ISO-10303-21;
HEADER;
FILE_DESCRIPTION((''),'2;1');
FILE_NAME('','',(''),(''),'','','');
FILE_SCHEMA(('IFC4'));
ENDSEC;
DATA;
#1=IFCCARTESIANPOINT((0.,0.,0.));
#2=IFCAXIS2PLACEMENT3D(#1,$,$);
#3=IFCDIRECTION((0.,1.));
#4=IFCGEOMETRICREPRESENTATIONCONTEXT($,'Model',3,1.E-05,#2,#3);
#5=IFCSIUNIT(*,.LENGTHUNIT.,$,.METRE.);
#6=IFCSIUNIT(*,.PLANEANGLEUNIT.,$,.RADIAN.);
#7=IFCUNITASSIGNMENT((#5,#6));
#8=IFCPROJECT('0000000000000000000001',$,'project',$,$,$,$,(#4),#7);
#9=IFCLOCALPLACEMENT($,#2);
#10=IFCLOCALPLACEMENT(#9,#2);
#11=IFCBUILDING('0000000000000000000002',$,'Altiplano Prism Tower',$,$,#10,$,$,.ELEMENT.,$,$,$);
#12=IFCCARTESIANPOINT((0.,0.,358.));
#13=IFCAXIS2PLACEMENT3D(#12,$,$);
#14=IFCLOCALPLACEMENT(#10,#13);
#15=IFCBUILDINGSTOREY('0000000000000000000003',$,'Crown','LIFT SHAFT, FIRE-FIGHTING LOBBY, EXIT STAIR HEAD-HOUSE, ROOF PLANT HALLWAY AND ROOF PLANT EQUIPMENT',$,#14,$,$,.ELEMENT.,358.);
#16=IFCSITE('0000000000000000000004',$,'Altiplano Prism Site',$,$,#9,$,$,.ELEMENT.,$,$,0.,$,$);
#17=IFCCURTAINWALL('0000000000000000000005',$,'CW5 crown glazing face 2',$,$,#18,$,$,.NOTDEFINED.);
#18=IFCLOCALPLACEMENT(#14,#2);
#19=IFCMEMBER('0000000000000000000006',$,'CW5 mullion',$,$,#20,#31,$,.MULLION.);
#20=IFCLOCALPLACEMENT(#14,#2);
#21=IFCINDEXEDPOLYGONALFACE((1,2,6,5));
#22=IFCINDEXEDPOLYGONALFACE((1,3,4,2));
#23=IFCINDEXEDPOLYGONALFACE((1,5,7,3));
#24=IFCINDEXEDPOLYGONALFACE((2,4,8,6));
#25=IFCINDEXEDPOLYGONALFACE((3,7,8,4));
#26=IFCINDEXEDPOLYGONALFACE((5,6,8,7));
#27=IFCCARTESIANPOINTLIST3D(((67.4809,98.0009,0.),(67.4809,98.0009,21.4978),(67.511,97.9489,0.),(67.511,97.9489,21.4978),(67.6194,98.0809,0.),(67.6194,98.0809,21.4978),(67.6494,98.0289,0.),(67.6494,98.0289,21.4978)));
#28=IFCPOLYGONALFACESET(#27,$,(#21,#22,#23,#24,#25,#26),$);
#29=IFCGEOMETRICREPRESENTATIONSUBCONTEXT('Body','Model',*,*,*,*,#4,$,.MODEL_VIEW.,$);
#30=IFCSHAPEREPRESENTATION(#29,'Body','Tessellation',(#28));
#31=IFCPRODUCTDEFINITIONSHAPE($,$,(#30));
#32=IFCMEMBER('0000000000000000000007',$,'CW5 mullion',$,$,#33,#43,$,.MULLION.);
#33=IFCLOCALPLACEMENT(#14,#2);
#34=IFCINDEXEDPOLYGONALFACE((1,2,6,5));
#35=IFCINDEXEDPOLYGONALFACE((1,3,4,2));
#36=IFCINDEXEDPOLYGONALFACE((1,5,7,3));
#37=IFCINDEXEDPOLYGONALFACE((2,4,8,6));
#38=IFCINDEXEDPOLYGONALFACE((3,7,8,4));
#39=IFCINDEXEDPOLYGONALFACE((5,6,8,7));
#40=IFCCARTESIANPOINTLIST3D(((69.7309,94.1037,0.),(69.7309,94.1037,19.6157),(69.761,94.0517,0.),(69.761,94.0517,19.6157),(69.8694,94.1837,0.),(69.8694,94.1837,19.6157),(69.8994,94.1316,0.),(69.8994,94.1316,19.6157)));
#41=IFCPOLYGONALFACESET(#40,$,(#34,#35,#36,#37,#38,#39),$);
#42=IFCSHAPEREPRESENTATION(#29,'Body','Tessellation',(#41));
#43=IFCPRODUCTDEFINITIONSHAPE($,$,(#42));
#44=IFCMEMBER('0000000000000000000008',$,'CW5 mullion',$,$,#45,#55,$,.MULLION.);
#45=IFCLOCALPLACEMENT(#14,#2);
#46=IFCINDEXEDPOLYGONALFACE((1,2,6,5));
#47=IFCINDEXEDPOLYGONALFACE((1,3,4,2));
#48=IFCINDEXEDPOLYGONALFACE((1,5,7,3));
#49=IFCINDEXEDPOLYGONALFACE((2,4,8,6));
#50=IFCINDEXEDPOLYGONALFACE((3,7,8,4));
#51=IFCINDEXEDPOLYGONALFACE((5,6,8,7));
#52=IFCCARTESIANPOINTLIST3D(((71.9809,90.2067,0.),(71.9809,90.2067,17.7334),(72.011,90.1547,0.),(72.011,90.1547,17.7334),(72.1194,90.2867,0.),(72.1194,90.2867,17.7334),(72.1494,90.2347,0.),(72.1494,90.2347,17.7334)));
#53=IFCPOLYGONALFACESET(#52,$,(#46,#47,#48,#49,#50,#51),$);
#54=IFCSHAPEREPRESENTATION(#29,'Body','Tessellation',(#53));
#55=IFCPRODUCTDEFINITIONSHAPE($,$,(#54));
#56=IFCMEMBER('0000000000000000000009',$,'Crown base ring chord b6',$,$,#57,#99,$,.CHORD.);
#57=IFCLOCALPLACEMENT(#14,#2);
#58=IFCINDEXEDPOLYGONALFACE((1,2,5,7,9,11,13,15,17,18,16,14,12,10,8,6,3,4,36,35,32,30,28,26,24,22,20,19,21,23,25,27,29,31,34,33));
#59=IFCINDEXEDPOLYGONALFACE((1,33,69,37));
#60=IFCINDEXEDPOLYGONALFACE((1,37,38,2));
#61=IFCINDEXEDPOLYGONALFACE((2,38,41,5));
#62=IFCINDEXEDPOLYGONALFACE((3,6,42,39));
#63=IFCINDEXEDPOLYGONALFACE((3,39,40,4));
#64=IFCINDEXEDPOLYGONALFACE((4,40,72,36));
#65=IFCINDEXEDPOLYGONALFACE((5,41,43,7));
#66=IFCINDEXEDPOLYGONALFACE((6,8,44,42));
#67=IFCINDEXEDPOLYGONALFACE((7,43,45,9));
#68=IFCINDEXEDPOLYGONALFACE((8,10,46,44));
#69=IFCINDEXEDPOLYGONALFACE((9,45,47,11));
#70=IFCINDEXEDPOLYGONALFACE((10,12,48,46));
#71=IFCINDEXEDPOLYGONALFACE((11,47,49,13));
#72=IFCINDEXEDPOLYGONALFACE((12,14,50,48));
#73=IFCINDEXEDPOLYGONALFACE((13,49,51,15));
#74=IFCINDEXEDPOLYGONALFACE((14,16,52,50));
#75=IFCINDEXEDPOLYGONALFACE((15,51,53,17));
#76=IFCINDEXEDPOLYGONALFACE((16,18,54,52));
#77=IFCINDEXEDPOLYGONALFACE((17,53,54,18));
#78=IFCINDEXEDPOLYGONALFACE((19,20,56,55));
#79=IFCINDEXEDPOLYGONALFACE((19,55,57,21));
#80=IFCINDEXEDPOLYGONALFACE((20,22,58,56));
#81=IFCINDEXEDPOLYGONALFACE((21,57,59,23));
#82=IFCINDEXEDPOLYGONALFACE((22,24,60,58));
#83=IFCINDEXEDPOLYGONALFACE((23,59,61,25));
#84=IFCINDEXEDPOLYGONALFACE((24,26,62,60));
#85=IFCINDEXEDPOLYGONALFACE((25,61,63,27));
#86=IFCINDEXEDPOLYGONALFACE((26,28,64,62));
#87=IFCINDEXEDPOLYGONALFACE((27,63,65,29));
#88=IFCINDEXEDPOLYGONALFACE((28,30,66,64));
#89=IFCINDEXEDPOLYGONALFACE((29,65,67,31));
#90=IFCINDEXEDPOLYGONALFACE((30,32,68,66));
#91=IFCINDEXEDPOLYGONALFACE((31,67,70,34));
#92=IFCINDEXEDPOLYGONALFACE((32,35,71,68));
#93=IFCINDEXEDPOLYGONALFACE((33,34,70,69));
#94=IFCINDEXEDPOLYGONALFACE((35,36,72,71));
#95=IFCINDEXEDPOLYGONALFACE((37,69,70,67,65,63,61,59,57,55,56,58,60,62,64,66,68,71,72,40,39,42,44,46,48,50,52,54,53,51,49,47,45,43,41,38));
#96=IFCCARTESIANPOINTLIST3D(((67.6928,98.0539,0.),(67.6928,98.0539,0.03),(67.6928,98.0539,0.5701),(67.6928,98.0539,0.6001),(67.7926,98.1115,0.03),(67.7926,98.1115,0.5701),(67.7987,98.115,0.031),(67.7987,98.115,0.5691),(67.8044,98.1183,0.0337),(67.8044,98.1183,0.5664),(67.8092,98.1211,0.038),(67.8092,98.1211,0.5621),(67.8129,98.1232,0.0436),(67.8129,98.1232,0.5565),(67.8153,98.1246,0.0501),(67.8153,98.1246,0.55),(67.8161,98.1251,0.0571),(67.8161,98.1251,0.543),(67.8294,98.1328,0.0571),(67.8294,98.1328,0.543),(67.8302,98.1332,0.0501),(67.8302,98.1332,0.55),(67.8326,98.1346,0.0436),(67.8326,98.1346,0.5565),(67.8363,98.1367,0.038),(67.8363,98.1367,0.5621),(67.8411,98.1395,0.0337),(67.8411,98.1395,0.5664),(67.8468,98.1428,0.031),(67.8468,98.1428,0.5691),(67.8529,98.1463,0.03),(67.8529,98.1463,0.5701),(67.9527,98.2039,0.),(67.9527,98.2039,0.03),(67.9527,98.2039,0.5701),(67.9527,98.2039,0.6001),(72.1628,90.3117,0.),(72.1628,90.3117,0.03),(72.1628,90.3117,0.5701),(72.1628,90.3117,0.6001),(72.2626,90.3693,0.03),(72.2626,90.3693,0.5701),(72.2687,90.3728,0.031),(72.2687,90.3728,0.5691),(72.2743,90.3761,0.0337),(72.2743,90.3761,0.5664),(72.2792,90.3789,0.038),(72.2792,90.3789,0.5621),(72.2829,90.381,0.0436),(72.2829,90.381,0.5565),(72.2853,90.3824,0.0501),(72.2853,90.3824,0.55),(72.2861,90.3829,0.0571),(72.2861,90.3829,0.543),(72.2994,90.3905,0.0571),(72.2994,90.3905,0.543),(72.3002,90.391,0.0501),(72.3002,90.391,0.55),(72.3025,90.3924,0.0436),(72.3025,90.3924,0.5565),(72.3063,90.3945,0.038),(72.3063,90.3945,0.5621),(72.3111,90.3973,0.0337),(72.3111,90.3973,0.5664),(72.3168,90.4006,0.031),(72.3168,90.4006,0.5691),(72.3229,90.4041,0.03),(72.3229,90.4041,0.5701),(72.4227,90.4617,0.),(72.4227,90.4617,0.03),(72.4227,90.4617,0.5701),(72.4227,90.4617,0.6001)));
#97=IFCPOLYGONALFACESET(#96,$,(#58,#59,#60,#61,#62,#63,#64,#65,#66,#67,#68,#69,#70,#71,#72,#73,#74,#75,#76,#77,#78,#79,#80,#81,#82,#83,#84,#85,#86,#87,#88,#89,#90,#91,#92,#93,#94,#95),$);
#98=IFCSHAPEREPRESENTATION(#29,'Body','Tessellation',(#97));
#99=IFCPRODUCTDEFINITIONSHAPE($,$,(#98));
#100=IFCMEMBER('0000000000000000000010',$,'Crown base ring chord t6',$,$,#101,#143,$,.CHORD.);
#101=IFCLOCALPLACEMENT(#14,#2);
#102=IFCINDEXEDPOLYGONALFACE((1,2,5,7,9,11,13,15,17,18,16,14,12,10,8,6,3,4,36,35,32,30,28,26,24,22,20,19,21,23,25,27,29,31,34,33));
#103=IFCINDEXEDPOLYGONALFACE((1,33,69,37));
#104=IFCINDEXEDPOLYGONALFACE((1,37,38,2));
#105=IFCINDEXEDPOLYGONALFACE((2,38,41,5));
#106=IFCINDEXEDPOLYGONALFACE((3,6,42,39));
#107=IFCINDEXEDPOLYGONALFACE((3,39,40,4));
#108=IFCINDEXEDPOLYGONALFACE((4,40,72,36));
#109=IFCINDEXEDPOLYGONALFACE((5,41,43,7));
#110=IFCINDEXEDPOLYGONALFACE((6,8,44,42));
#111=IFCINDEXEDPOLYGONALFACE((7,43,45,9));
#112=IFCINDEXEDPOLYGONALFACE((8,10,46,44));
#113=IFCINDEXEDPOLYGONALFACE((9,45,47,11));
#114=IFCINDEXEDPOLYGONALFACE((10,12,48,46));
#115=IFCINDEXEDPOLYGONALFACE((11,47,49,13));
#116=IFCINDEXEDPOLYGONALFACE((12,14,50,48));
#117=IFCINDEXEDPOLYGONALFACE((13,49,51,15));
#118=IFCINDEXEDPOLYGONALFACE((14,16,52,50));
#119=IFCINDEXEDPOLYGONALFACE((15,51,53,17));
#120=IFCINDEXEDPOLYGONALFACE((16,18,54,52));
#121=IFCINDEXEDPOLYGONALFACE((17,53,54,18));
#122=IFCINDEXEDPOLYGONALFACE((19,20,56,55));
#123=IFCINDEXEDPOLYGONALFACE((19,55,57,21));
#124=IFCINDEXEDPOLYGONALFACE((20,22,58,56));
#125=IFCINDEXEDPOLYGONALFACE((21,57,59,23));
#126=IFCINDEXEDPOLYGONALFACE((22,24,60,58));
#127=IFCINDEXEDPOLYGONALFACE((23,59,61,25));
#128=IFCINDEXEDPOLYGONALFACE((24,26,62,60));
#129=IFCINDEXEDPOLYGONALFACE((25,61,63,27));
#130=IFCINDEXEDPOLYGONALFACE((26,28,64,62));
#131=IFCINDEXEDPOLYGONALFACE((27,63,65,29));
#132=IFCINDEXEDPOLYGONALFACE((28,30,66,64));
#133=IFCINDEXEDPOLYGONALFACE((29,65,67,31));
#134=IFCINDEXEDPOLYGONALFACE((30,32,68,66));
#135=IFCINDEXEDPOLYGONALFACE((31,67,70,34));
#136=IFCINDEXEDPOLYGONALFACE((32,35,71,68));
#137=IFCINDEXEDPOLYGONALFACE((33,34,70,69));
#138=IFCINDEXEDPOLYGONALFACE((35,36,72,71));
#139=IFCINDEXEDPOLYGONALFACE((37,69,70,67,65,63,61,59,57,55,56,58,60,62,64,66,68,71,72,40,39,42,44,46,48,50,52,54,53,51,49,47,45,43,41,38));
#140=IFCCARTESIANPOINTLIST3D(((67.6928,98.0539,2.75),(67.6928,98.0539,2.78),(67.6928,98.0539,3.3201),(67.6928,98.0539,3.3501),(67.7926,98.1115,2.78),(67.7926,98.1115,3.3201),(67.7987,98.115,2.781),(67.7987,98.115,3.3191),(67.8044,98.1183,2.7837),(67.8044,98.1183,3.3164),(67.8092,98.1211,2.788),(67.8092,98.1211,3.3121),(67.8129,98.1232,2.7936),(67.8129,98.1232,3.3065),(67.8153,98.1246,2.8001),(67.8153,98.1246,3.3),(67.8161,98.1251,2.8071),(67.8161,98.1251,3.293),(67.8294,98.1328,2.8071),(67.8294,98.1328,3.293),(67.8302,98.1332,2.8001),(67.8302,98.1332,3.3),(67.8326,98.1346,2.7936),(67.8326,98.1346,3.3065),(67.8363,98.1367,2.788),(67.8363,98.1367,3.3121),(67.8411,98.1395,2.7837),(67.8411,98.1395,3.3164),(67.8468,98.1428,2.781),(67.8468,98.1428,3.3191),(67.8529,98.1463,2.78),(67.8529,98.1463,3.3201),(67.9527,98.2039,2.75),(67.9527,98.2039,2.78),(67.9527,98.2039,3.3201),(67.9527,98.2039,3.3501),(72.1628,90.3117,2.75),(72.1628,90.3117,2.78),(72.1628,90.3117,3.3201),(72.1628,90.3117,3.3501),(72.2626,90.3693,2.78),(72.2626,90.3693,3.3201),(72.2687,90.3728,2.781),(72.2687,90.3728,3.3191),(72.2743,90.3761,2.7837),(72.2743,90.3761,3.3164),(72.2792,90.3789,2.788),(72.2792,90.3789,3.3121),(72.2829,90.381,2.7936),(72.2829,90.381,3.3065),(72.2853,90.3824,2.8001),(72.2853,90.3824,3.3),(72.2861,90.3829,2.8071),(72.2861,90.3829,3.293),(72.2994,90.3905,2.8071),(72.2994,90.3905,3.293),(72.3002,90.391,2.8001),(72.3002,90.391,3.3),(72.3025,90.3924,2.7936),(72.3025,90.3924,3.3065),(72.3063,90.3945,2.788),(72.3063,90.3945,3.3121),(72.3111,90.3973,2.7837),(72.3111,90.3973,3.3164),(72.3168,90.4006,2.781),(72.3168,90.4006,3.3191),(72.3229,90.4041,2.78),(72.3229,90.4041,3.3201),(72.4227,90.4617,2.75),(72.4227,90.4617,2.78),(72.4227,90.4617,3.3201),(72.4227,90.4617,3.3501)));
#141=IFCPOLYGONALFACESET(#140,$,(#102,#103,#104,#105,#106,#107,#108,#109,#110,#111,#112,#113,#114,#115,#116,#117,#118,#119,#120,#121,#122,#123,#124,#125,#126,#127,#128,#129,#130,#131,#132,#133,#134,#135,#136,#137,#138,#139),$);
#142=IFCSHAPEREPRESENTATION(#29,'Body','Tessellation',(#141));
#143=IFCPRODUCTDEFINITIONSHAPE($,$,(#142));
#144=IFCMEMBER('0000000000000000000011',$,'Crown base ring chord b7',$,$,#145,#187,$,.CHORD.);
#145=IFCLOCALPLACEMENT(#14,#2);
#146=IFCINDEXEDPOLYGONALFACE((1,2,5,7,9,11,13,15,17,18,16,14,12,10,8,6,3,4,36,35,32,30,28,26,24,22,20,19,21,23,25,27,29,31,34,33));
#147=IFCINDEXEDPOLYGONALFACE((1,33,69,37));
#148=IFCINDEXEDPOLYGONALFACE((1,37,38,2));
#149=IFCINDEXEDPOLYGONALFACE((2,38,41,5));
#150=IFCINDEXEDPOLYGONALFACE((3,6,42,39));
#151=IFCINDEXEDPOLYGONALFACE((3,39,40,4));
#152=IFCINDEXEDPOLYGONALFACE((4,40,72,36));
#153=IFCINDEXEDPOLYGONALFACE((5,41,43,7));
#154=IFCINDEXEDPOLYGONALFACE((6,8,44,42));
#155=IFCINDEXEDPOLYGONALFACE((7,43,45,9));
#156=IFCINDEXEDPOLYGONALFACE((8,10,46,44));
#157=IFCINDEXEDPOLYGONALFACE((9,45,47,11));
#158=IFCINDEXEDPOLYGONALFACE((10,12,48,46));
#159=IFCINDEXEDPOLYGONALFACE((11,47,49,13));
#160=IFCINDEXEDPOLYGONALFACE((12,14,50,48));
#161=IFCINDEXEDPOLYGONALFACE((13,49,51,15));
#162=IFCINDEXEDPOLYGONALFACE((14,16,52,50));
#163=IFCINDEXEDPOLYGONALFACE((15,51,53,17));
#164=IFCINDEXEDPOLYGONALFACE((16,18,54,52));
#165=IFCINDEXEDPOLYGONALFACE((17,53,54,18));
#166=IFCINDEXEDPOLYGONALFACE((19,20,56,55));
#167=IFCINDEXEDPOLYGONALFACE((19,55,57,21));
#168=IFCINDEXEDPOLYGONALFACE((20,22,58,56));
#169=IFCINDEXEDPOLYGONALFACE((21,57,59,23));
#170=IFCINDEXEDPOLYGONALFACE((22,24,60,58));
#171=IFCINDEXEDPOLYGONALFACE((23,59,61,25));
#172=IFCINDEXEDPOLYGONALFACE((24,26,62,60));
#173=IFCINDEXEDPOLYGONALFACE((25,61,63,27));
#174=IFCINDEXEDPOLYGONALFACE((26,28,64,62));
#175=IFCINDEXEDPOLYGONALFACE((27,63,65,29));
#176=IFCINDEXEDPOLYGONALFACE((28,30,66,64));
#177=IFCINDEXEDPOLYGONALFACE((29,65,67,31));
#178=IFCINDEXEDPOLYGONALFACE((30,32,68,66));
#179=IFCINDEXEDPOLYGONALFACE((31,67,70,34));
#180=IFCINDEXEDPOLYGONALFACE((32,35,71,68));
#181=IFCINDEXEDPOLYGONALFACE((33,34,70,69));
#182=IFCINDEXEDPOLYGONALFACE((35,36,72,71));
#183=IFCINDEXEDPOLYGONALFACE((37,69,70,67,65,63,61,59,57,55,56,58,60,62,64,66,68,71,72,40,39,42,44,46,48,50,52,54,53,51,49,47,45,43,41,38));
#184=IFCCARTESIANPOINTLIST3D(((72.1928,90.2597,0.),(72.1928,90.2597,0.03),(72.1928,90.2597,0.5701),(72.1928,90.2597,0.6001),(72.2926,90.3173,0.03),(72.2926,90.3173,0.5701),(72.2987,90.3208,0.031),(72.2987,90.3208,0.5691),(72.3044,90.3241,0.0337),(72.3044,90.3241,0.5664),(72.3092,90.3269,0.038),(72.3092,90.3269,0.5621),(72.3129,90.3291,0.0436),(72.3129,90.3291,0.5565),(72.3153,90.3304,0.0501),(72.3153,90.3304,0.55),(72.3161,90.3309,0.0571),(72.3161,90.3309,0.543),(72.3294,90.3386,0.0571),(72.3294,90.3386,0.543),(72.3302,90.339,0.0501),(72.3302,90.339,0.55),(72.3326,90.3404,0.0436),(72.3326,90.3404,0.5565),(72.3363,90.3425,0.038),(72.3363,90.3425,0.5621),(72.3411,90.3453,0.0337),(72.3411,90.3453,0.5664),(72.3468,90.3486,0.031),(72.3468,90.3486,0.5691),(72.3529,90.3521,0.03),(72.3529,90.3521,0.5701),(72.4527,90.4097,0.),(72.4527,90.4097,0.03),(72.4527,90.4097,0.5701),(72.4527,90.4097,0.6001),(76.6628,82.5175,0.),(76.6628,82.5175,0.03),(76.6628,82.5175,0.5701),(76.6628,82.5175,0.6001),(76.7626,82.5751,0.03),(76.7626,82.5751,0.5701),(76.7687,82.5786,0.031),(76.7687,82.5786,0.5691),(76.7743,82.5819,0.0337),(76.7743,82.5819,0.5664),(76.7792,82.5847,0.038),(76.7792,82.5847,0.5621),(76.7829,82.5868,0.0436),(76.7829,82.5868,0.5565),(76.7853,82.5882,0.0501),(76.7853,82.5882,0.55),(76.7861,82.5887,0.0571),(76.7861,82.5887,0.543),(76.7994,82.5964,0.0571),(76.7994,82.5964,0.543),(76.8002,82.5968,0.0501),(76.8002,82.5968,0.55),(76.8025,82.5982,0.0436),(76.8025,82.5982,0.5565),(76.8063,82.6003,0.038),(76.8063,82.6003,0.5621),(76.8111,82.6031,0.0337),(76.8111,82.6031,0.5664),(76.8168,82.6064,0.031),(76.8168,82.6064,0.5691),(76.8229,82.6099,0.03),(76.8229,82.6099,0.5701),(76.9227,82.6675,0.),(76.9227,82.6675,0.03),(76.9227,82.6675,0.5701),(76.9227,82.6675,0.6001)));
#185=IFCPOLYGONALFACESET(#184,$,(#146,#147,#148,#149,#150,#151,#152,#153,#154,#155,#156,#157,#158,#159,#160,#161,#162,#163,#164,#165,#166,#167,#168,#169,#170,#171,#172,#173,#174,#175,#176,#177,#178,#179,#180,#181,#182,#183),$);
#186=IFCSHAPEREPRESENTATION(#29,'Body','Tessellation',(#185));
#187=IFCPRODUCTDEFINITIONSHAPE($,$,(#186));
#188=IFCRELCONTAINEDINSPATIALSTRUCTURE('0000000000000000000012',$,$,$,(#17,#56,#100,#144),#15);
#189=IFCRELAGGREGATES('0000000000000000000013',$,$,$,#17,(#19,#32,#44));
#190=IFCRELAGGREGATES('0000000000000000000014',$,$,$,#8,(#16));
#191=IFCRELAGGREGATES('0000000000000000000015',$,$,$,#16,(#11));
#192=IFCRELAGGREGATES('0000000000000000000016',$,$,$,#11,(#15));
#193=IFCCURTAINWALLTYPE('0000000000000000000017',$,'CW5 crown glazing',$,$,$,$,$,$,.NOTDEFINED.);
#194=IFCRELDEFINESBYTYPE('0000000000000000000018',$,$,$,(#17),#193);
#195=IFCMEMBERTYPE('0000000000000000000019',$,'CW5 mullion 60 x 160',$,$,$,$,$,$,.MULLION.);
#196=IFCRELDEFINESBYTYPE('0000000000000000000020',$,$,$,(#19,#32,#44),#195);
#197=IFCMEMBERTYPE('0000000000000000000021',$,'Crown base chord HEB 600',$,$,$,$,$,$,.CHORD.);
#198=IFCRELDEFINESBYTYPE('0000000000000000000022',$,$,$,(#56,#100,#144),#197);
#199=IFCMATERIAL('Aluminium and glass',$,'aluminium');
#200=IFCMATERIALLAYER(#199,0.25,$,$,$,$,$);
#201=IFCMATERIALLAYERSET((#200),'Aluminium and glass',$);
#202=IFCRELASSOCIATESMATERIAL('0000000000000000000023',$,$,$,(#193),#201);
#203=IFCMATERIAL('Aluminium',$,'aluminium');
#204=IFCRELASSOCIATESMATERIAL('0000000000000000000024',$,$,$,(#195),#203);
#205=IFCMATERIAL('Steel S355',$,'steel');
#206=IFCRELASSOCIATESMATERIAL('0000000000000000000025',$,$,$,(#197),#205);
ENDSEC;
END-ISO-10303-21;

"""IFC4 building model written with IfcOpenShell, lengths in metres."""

from ifc_helpers import new_model, si_unit, direction, frame, origin, origin_2d, place, context, subcontext, project, spatial, rectangle, i_section, extrude, material, layer, layer_set, material_profile, profile_set, type_object, element, aggregate, save


model = new_model("IFC4")

# Units and contexts
model_context = context("Model", 3, precision=1e-05, world=origin(), true_north=direction((0.0, 1.0)))
body_context = subcontext(model_context, "Body", "Model", "MODEL_VIEW")
ifc_project = project(units=[si_unit("LENGTHUNIT", "METRE"), si_unit("PLANEANGLEUNIT", "RADIAN")], contexts=[model_context])

# Site, building, storey
site_placement = place(None, origin())
site = spatial("IfcSite", under=ifc_project, at=site_placement, Name="Altiplano Prism Site", CompositionType="ELEMENT", RefElevation=0.0)
building_placement = place(site_placement, origin())
building = spatial("IfcBuilding", under=site, at=building_placement, Name="Altiplano Prism Tower", CompositionType="ELEMENT")
storey_placement = place(building_placement, frame((0.0, 0.0, 358.0)))
storey = spatial("IfcBuildingStorey", under=building, at=storey_placement, Name="Crown", Description="LIFT SHAFT, FIRE-FIGHTING LOBBY, EXIT STAIR HEAD-HOUSE, ROOF PLANT HALLWAY AND ROOF PLANT EQUIPMENT", CompositionType="ELEMENT", Elevation=358.0)

# Curtain wall, members
ifc_material_1 = material(Name="Aluminium and glass", Category="aluminium")
ifc_layer_1 = layer(ifc_material_1, 0.25)
ifc_layer_set_1 = layer_set([ifc_layer_1], Name="Aluminium and glass")
curtain_wall_type = type_object("IfcCurtainWallType", Name="CW5 crown glazing", PredefinedType="NOTDEFINED", material=ifc_layer_set_1)
curtain_wall_placement = place(storey_placement, origin())
curtain_wall = element("IfcCurtainWall", 1, at=curtain_wall_placement, inside=storey, type_object=curtain_wall_type, Name="CW5 crown glazing face 2", PredefinedType="NOTDEFINED")
ifc_material_2 = material(Name="Aluminium", Category="aluminium")
ifc_material_profile_1 = material_profile(ifc_material_2, rectangle(XDim=0.1599, YDim=0.0601, at=origin_2d()), Name="CW5 mullion 60 x 160")
ifc_profile_set_1 = profile_set([ifc_material_profile_1], Name="Aluminium")
member_type_1 = type_object("IfcMemberType", Name="CW5 mullion 60 x 160", PredefinedType="MULLION", material=ifc_profile_set_1)
member_1_placement = place(storey_placement, frame((67.5652, 98.0149, 0.0), z_axis=(0.0, 0.0, 1.0), x_axis=(0.866025, 0.5, 0.0)))
member_1 = element("IfcMember", 2, at=member_1_placement, type_object=member_type_1, Name="CW5 mullion", PredefinedType="MULLION", context=body_context, shape_type="SweptSolid", body=[
    extrude(rectangle(XDim=0.1599, YDim=0.0601, at=origin_2d()), origin(), (0.0, 0.0, 1.0), 21.4978),
])
member_2_placement = place(storey_placement, frame((69.8152, 94.1177, 0.0), z_axis=(0.0, 0.0, 1.0), x_axis=(0.866025, 0.5, 0.0)))
member_2 = element("IfcMember", 3, at=member_2_placement, type_object=member_type_1, Name="CW5 mullion", PredefinedType="MULLION", context=body_context, shape_type="SweptSolid", body=[
    extrude(rectangle(XDim=0.1599, YDim=0.0601, at=origin_2d()), origin(), (0.0, 0.0, 1.0), 19.6157),
])
member_3_placement = place(storey_placement, frame((72.0652, 90.2207, 0.0), z_axis=(0.0, 0.0, 1.0), x_axis=(0.866025, 0.5, 0.0)))
member_3 = element("IfcMember", 4, at=member_3_placement, type_object=member_type_1, Name="CW5 mullion", PredefinedType="MULLION", context=body_context, shape_type="SweptSolid", body=[
    extrude(rectangle(XDim=0.1599, YDim=0.0601, at=origin_2d()), origin(), (0.0, 0.0, 1.0), 17.7334),
])

# Members
ifc_material_3 = material(Name="Steel S355", Category="steel")
ifc_material_profile_2 = material_profile(ifc_material_3, i_section(OverallWidth=0.3, OverallDepth=0.6001, WebThickness=0.0154, FlangeThickness=0.03, FilletRadius=0.0271, at=origin_2d()), Name="Crown base chord HEB 600")
ifc_profile_set_2 = profile_set([ifc_material_profile_2], Name="Steel S355")
member_type_2 = type_object("IfcMemberType", Name="Crown base chord HEB 600", PredefinedType="CHORD", material=ifc_profile_set_2)
for number, where, z_axis, x_axis, name in (
    (5, (67.8228, 98.1289, 0.3), (0.500001, -0.866025, 0.0), (0.866025, 0.500001, 0.0), "Crown base ring chord b6"),
    (6, (67.8228, 98.1289, 3.05), (0.500001, -0.866025, 0.0), (0.866025, 0.500001, 0.0), "Crown base ring chord t6"),
    (7, (72.3228, 90.3347, 0.3), (0.500001, -0.866025, 0.0), (0.866025, 0.500001, 0.0), "Crown base ring chord b7"),
):
    element("IfcMember", number, at=place(storey_placement, frame(where, z_axis=z_axis, x_axis=x_axis)), inside=storey, type_object=member_type_2, Name=name, PredefinedType="CHORD", context=body_context, shape_type="SweptSolid", body=[
        extrude(i_section(OverallWidth=0.3, OverallDepth=0.6001, WebThickness=0.0154, FlangeThickness=0.03, FilletRadius=0.0271, at=origin_2d()), origin(), (0.0, 0.0, 1.0), 8.9399),
    ])

aggregate(curtain_wall, [member_1, member_2, member_3])

save(model, "model.ifc")
